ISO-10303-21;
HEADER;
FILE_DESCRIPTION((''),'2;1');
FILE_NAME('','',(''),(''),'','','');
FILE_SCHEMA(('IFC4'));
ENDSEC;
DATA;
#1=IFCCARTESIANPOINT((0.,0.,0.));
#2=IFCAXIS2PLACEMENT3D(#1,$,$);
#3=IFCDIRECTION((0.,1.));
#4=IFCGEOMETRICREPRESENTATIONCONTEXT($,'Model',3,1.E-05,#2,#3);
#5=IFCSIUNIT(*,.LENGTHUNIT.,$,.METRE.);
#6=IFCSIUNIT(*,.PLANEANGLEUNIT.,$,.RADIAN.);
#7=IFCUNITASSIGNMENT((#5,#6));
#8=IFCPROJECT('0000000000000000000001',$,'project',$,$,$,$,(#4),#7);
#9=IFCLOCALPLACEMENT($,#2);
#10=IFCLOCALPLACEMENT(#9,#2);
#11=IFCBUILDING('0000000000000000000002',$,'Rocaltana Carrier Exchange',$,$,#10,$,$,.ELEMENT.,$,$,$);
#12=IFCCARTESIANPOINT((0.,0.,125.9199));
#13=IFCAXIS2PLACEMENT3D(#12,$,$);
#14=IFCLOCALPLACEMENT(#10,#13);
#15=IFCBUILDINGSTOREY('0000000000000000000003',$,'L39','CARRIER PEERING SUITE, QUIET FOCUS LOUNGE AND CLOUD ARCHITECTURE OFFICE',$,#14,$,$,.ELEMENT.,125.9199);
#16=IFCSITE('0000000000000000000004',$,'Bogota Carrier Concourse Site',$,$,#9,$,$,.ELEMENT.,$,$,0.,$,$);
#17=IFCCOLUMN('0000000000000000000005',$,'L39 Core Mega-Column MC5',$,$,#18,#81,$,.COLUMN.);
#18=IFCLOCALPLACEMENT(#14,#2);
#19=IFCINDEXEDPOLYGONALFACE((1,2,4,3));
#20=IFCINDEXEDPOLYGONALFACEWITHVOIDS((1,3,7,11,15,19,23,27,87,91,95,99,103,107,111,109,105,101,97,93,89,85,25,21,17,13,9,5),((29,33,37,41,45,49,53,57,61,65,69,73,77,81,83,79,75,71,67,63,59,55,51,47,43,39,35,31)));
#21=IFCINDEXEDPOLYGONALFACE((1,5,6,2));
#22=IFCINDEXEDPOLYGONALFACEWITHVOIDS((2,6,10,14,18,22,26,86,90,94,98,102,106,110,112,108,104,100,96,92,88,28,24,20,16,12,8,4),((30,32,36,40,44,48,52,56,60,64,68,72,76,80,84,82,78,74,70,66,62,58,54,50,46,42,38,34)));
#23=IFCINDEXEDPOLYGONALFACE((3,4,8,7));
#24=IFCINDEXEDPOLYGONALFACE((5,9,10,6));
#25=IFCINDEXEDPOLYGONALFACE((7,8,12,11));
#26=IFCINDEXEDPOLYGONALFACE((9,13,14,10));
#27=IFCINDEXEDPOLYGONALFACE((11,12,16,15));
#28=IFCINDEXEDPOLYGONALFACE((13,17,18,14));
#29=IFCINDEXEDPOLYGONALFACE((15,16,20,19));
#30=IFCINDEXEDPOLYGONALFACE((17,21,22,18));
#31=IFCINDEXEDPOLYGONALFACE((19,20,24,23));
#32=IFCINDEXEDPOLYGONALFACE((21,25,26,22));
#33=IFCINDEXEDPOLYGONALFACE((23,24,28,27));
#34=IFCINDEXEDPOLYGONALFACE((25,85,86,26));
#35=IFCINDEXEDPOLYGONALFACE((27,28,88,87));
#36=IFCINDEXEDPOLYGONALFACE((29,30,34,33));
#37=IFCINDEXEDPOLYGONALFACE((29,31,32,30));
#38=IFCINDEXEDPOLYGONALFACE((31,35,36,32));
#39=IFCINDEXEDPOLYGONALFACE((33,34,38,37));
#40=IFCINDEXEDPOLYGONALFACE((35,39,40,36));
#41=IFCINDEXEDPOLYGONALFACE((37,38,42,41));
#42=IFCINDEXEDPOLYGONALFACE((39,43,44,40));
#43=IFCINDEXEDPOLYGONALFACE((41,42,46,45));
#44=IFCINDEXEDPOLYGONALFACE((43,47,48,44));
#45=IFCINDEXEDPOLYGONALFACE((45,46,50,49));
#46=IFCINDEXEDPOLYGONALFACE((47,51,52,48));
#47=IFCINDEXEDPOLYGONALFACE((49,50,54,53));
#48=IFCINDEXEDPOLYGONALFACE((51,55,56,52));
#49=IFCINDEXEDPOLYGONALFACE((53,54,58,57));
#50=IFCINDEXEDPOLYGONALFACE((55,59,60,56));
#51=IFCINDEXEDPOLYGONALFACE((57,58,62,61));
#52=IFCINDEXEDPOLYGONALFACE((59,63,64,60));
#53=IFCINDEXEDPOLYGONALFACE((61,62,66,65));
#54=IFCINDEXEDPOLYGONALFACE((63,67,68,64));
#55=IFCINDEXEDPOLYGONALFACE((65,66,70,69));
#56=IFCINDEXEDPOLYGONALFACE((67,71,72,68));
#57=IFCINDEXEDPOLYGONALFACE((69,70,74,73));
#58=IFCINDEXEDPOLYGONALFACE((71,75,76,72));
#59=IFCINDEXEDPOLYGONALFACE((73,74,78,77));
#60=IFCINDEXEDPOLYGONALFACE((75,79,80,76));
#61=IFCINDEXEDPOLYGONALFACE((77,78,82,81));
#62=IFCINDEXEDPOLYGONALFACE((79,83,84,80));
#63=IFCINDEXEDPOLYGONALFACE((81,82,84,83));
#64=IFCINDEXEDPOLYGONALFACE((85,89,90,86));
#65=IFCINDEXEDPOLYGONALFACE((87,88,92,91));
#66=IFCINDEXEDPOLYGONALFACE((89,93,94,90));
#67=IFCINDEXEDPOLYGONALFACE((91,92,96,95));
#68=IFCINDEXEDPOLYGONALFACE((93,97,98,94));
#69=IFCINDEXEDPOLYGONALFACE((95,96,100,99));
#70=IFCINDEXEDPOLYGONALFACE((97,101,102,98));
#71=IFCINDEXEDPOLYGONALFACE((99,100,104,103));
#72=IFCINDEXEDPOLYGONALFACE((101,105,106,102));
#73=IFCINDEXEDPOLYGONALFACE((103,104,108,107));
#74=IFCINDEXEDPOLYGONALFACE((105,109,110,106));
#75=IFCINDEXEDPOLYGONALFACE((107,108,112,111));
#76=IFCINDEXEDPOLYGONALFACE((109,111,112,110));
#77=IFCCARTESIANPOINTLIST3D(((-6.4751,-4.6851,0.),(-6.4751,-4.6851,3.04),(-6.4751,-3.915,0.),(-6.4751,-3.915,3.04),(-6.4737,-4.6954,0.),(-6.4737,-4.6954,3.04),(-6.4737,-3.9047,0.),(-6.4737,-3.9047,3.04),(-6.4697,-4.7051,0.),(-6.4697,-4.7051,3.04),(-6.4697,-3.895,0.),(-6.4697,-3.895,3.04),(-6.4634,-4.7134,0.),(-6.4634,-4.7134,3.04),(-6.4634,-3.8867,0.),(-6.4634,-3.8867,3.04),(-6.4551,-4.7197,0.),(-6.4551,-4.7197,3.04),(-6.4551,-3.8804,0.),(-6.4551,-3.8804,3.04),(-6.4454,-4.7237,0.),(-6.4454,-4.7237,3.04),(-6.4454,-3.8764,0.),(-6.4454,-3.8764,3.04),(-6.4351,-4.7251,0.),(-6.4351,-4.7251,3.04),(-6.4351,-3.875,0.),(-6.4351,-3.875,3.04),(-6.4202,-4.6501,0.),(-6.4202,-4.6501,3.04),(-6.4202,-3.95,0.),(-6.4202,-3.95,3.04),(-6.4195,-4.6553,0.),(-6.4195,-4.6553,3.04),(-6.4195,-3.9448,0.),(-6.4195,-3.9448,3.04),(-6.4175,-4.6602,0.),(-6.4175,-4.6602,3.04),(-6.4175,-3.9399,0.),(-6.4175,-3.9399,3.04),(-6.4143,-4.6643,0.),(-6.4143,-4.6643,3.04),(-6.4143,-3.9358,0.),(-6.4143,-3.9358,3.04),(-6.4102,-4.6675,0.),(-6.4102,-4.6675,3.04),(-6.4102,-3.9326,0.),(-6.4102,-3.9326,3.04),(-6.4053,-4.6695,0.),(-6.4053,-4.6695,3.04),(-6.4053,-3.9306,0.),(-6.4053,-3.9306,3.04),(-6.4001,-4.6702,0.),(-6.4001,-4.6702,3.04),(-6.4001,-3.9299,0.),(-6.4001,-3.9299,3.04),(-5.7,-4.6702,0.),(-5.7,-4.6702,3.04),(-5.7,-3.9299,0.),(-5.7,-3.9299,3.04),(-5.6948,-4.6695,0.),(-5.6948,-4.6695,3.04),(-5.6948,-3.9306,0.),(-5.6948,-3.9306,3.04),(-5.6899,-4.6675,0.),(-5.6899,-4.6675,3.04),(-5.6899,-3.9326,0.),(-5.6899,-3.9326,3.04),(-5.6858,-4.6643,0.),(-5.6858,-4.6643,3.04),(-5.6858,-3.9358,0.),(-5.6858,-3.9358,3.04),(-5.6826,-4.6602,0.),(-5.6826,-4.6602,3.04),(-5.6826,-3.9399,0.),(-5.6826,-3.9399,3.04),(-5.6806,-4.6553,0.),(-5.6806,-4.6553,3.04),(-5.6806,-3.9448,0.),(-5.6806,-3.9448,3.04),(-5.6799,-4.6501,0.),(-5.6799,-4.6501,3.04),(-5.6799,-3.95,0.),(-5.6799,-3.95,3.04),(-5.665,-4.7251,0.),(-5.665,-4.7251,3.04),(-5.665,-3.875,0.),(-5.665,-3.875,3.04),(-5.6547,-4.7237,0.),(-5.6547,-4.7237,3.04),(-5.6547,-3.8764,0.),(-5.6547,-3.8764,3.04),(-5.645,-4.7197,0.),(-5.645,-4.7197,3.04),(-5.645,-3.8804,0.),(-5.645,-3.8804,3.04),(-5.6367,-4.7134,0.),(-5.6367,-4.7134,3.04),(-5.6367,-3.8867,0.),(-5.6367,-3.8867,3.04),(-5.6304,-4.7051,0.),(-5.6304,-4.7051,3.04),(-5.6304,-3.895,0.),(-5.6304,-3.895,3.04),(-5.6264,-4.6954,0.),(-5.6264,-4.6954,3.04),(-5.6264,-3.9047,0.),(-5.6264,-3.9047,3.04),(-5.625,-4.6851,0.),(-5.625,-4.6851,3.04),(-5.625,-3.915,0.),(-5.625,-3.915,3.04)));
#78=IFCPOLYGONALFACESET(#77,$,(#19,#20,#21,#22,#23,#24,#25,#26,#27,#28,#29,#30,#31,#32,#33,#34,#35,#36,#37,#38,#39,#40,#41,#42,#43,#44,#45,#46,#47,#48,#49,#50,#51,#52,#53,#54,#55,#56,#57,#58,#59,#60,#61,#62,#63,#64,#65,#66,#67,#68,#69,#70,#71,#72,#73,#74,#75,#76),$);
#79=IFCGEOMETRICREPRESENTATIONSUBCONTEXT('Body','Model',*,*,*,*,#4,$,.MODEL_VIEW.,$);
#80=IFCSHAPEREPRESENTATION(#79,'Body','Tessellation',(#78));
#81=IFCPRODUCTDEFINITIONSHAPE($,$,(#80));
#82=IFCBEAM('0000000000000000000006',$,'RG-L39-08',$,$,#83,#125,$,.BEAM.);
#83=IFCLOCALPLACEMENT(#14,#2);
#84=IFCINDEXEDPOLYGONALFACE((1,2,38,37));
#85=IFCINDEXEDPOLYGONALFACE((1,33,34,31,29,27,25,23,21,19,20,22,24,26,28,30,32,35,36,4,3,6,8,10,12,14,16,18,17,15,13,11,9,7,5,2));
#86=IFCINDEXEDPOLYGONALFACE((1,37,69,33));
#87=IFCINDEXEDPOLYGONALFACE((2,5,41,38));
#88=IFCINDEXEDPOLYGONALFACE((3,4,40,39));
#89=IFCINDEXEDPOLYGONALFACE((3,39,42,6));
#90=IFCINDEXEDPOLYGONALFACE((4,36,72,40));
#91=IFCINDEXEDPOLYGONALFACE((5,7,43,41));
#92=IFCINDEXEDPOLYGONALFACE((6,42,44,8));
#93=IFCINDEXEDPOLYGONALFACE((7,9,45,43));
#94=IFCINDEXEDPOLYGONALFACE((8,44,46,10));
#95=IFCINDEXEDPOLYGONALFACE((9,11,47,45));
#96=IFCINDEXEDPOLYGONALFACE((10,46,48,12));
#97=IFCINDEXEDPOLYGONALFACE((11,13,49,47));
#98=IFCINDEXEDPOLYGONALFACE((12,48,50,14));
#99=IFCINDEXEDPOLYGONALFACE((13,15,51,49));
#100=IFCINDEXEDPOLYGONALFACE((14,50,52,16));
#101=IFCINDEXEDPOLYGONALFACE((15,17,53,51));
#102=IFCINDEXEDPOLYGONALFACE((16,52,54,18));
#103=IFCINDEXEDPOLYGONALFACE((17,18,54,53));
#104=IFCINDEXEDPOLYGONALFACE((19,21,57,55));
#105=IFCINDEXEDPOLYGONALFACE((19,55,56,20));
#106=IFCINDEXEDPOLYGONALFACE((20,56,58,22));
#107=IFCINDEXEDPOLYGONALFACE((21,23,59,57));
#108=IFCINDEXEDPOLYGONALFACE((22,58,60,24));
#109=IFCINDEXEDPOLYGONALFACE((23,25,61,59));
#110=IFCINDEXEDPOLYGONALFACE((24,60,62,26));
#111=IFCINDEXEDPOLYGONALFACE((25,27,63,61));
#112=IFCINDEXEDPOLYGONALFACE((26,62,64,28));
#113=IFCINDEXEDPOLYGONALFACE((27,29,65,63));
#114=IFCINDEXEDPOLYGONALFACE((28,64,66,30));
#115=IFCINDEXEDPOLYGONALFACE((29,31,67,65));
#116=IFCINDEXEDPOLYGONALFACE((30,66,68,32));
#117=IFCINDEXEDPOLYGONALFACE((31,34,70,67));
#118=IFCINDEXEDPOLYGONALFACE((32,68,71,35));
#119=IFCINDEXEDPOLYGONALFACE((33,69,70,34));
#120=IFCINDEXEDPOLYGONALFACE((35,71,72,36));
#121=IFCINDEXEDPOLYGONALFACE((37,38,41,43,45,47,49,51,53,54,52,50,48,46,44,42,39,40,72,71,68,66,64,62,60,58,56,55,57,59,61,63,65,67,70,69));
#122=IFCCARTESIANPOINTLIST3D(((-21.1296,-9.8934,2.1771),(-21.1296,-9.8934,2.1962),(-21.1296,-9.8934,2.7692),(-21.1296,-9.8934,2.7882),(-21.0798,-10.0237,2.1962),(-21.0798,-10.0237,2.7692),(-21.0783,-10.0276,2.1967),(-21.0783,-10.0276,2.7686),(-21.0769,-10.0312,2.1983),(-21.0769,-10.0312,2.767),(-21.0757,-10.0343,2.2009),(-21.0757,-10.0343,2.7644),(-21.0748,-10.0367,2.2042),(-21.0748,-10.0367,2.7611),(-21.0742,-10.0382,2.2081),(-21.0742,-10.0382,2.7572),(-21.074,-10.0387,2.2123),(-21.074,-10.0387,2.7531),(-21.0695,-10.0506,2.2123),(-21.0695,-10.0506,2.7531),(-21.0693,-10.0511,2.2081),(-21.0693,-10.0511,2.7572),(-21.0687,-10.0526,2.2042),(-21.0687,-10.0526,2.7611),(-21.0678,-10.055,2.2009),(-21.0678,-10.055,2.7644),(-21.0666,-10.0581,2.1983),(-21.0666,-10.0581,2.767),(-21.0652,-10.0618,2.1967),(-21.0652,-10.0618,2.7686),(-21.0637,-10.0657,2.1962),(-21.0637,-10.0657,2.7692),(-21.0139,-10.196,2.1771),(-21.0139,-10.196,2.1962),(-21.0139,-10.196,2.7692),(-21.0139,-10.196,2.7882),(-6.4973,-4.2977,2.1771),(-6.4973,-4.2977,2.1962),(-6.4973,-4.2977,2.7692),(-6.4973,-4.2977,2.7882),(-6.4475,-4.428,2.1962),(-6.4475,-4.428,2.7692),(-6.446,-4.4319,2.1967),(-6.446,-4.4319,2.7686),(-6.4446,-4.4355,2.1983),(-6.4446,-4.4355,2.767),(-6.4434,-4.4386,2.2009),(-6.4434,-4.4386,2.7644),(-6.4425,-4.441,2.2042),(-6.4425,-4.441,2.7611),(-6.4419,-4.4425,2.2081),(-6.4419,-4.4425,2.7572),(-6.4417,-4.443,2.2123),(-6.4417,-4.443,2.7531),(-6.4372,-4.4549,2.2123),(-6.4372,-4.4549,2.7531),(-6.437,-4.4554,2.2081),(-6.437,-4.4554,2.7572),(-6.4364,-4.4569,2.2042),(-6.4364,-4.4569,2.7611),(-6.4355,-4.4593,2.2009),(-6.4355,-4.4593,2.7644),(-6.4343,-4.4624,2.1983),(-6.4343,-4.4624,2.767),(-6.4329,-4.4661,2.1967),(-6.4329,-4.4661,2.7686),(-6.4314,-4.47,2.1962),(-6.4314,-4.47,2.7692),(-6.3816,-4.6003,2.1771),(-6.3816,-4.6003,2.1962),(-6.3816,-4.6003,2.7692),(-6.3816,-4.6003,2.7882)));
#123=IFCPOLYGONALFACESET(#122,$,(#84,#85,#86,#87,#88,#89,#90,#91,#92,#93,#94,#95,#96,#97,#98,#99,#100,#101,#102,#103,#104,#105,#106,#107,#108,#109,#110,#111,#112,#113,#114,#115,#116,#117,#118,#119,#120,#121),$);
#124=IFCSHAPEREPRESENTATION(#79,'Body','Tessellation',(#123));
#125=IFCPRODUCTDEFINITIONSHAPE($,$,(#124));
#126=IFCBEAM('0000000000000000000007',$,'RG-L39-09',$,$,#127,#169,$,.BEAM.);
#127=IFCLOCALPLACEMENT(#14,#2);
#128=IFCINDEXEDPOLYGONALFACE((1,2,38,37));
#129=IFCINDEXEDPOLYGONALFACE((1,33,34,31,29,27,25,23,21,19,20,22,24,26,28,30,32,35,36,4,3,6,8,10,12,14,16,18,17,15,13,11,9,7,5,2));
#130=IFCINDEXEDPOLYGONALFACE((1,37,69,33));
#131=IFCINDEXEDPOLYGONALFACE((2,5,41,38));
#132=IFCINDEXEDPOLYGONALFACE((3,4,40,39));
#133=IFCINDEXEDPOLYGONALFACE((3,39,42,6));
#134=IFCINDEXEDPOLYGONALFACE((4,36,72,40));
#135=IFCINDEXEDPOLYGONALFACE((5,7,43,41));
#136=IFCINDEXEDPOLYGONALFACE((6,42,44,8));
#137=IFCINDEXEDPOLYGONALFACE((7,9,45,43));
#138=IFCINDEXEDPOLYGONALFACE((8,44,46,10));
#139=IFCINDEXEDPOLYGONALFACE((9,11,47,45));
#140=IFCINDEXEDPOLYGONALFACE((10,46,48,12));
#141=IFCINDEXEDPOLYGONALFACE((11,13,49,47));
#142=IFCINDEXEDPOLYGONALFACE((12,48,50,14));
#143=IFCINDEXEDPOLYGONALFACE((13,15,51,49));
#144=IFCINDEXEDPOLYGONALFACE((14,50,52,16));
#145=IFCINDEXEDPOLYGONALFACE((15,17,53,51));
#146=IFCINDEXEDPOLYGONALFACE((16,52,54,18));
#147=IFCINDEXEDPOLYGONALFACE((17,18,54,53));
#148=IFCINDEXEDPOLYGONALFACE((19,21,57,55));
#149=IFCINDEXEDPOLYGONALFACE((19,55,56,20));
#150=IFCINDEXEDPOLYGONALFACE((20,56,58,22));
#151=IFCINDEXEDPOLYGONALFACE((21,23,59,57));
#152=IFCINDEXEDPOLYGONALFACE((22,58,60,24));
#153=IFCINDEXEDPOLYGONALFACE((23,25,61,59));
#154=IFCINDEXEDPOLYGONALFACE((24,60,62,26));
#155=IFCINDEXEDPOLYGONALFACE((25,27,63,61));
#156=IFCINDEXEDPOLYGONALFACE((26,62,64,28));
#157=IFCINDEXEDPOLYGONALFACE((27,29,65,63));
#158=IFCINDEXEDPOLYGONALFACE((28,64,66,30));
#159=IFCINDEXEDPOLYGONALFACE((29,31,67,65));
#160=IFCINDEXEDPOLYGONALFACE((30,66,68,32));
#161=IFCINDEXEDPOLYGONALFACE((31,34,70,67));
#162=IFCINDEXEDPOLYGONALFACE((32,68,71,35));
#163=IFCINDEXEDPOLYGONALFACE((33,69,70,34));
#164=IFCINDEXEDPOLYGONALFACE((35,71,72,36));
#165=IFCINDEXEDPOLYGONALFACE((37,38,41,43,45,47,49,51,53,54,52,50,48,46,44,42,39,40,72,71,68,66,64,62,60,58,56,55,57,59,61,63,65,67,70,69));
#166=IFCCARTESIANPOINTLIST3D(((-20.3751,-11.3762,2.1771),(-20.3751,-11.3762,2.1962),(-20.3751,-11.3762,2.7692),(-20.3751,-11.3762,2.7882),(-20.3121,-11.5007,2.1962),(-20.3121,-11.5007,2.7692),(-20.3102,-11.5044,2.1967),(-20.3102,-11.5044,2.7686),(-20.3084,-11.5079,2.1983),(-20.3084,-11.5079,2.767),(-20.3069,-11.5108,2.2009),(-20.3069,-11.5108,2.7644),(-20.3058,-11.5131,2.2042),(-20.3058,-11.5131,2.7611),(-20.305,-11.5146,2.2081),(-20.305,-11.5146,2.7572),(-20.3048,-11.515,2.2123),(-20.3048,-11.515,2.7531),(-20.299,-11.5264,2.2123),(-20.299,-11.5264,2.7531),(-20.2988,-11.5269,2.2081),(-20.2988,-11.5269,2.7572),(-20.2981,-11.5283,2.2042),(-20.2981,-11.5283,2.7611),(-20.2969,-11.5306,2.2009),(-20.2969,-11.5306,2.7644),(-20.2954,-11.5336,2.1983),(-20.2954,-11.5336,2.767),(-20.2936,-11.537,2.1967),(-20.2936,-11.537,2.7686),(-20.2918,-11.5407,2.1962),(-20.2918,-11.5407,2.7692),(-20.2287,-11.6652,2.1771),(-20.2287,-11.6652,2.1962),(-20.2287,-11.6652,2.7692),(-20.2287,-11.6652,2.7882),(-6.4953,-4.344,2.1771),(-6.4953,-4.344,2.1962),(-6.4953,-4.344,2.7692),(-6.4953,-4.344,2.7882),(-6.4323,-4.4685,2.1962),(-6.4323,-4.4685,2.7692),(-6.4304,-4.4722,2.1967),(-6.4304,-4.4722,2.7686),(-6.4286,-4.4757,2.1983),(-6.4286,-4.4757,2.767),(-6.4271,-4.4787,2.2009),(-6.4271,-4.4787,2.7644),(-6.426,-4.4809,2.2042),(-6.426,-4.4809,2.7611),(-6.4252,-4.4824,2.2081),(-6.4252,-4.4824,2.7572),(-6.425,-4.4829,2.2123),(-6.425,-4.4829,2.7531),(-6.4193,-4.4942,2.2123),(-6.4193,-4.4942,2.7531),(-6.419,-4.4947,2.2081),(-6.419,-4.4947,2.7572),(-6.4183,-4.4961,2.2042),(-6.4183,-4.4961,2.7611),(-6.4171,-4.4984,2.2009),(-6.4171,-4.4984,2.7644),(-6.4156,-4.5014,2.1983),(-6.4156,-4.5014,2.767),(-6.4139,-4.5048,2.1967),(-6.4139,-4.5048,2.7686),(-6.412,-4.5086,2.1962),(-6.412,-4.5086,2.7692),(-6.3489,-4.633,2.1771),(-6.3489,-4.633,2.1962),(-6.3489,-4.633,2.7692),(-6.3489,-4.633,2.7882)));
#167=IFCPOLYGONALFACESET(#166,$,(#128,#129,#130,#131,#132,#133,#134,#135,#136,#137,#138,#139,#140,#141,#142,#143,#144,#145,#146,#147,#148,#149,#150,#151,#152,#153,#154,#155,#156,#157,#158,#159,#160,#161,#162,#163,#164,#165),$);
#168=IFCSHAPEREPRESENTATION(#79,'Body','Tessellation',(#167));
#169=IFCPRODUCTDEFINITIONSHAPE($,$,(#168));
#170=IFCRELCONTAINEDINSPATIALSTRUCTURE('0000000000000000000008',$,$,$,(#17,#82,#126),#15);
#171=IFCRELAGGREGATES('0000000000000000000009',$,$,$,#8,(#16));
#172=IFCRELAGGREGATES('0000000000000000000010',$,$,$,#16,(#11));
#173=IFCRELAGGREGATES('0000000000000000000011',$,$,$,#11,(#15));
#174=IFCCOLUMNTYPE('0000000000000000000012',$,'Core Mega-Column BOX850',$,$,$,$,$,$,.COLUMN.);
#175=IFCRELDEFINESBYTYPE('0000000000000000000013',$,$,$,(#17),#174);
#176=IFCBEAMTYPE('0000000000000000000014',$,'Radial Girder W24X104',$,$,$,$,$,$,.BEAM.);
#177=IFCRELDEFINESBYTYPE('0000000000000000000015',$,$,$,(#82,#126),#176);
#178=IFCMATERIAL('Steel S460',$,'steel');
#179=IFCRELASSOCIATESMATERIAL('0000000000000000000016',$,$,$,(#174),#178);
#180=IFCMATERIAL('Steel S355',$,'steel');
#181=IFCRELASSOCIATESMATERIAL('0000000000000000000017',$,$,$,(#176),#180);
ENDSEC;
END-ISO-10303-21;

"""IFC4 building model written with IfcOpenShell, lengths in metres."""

from ifc_helpers import new_model, si_unit, direction, frame, origin, origin_2d, place, context, subcontext, project, spatial, hollow_rectangle, i_section, extrude, material, material_profile, profile_set, type_object, element, save


model = new_model("IFC4")

# Units and contexts
model_context = context("Model", 3, precision=1e-05, world=origin(), true_north=direction((0.0, 1.0)))
body_context = subcontext(model_context, "Body", "Model", "MODEL_VIEW")
ifc_project = project(units=[si_unit("LENGTHUNIT", "METRE"), si_unit("PLANEANGLEUNIT", "RADIAN")], contexts=[model_context])

# Site, building, storey
site_placement = place(None, origin())
site = spatial("IfcSite", under=ifc_project, at=site_placement, Name="Bogota Carrier Concourse Site", CompositionType="ELEMENT", RefElevation=0.0)
building_placement = place(site_placement, origin())
building = spatial("IfcBuilding", under=site, at=building_placement, Name="Rocaltana Carrier Exchange", CompositionType="ELEMENT")
storey_placement = place(building_placement, frame((0.0, 0.0, 125.9199)))
storey = spatial("IfcBuildingStorey", under=building, at=storey_placement, Name="L39", Description="CARRIER PEERING SUITE, QUIET FOCUS LOUNGE AND CLOUD ARCHITECTURE OFFICE", CompositionType="ELEMENT", Elevation=125.9199)

# Column
ifc_material_1 = material(Name="Steel S460", Category="steel")
ifc_material_profile_1 = material_profile(ifc_material_1, hollow_rectangle(XDim=0.8501, YDim=0.8501, WallThickness=0.0549, InnerFilletRadius=0.02, OuterFilletRadius=0.04, at=origin_2d()), Name="BOX850X850X55")
ifc_profile_set_1 = profile_set([ifc_material_profile_1], Name="Steel S460")
column_type = type_object("IfcColumnType", Name="Core Mega-Column BOX850", PredefinedType="COLUMN", material=ifc_profile_set_1)
column_placement = place(storey_placement, frame((-6.05, -4.3, 0.0), z_axis=(0.0, 0.0, 1.0), x_axis=(1.0, 0.0, 0.0)))
element("IfcColumn", 1, at=column_placement, inside=storey, type_object=column_type, Name="L39 Core Mega-Column MC5", PredefinedType="COLUMN", context=body_context, shape_type="SweptSolid", body=[
    extrude(hollow_rectangle(XDim=0.8501, YDim=0.8501, WallThickness=0.0549, InnerFilletRadius=0.02, OuterFilletRadius=0.04, at=origin_2d()), origin(), (0.0, 0.0, 1.0), 3.04),
])

# Beams
ifc_material_2 = material(Name="Steel S355", Category="steel")
ifc_material_profile_2 = material_profile(ifc_material_2, i_section(OverallWidth=0.324, OverallDepth=0.6111, WebThickness=0.0127, FlangeThickness=0.019, FilletRadius=0.0161, at=origin_2d()), Name="W24X104")
ifc_profile_set_2 = profile_set([ifc_material_profile_2], Name="Steel S355")
beam_type = type_object("IfcBeamType", Name="Radial Girder W24X104", PredefinedType="BEAM", material=ifc_profile_set_2)
beam_1_placement = place(storey_placement, frame((-6.4395, -4.449, 2.4827), z_axis=(-0.934031, -0.357193, 0.0), x_axis=(0.357193, -0.934031, 0.0)))
element("IfcBeam", 2, at=beam_1_placement, inside=storey, type_object=beam_type, Name="RG-L39-08", PredefinedType="BEAM", context=body_context, shape_type="SweptSolid", body=[
    extrude(i_section(OverallWidth=0.324, OverallDepth=0.6111, WebThickness=0.0127, FlangeThickness=0.019, FilletRadius=0.0161, at=origin_2d()), origin(), (0.0, 0.0, 1.0), 15.6658),
])
beam_2_placement = place(storey_placement, frame((-6.4221, -4.4885, 2.4827), z_axis=(-0.892042, -0.451952, 0.0), x_axis=(0.451952, -0.892042, 0.0)))
element("IfcBeam", 3, at=beam_2_placement, inside=storey, type_object=beam_type, Name="RG-L39-09", PredefinedType="BEAM", context=body_context, shape_type="SweptSolid", body=[
    extrude(i_section(OverallWidth=0.324, OverallDepth=0.6111, WebThickness=0.0127, FlangeThickness=0.019, FilletRadius=0.0161, at=origin_2d()), origin(), (0.0, 0.0, 1.0), 15.5596),
])

save(model, "model.ifc")
